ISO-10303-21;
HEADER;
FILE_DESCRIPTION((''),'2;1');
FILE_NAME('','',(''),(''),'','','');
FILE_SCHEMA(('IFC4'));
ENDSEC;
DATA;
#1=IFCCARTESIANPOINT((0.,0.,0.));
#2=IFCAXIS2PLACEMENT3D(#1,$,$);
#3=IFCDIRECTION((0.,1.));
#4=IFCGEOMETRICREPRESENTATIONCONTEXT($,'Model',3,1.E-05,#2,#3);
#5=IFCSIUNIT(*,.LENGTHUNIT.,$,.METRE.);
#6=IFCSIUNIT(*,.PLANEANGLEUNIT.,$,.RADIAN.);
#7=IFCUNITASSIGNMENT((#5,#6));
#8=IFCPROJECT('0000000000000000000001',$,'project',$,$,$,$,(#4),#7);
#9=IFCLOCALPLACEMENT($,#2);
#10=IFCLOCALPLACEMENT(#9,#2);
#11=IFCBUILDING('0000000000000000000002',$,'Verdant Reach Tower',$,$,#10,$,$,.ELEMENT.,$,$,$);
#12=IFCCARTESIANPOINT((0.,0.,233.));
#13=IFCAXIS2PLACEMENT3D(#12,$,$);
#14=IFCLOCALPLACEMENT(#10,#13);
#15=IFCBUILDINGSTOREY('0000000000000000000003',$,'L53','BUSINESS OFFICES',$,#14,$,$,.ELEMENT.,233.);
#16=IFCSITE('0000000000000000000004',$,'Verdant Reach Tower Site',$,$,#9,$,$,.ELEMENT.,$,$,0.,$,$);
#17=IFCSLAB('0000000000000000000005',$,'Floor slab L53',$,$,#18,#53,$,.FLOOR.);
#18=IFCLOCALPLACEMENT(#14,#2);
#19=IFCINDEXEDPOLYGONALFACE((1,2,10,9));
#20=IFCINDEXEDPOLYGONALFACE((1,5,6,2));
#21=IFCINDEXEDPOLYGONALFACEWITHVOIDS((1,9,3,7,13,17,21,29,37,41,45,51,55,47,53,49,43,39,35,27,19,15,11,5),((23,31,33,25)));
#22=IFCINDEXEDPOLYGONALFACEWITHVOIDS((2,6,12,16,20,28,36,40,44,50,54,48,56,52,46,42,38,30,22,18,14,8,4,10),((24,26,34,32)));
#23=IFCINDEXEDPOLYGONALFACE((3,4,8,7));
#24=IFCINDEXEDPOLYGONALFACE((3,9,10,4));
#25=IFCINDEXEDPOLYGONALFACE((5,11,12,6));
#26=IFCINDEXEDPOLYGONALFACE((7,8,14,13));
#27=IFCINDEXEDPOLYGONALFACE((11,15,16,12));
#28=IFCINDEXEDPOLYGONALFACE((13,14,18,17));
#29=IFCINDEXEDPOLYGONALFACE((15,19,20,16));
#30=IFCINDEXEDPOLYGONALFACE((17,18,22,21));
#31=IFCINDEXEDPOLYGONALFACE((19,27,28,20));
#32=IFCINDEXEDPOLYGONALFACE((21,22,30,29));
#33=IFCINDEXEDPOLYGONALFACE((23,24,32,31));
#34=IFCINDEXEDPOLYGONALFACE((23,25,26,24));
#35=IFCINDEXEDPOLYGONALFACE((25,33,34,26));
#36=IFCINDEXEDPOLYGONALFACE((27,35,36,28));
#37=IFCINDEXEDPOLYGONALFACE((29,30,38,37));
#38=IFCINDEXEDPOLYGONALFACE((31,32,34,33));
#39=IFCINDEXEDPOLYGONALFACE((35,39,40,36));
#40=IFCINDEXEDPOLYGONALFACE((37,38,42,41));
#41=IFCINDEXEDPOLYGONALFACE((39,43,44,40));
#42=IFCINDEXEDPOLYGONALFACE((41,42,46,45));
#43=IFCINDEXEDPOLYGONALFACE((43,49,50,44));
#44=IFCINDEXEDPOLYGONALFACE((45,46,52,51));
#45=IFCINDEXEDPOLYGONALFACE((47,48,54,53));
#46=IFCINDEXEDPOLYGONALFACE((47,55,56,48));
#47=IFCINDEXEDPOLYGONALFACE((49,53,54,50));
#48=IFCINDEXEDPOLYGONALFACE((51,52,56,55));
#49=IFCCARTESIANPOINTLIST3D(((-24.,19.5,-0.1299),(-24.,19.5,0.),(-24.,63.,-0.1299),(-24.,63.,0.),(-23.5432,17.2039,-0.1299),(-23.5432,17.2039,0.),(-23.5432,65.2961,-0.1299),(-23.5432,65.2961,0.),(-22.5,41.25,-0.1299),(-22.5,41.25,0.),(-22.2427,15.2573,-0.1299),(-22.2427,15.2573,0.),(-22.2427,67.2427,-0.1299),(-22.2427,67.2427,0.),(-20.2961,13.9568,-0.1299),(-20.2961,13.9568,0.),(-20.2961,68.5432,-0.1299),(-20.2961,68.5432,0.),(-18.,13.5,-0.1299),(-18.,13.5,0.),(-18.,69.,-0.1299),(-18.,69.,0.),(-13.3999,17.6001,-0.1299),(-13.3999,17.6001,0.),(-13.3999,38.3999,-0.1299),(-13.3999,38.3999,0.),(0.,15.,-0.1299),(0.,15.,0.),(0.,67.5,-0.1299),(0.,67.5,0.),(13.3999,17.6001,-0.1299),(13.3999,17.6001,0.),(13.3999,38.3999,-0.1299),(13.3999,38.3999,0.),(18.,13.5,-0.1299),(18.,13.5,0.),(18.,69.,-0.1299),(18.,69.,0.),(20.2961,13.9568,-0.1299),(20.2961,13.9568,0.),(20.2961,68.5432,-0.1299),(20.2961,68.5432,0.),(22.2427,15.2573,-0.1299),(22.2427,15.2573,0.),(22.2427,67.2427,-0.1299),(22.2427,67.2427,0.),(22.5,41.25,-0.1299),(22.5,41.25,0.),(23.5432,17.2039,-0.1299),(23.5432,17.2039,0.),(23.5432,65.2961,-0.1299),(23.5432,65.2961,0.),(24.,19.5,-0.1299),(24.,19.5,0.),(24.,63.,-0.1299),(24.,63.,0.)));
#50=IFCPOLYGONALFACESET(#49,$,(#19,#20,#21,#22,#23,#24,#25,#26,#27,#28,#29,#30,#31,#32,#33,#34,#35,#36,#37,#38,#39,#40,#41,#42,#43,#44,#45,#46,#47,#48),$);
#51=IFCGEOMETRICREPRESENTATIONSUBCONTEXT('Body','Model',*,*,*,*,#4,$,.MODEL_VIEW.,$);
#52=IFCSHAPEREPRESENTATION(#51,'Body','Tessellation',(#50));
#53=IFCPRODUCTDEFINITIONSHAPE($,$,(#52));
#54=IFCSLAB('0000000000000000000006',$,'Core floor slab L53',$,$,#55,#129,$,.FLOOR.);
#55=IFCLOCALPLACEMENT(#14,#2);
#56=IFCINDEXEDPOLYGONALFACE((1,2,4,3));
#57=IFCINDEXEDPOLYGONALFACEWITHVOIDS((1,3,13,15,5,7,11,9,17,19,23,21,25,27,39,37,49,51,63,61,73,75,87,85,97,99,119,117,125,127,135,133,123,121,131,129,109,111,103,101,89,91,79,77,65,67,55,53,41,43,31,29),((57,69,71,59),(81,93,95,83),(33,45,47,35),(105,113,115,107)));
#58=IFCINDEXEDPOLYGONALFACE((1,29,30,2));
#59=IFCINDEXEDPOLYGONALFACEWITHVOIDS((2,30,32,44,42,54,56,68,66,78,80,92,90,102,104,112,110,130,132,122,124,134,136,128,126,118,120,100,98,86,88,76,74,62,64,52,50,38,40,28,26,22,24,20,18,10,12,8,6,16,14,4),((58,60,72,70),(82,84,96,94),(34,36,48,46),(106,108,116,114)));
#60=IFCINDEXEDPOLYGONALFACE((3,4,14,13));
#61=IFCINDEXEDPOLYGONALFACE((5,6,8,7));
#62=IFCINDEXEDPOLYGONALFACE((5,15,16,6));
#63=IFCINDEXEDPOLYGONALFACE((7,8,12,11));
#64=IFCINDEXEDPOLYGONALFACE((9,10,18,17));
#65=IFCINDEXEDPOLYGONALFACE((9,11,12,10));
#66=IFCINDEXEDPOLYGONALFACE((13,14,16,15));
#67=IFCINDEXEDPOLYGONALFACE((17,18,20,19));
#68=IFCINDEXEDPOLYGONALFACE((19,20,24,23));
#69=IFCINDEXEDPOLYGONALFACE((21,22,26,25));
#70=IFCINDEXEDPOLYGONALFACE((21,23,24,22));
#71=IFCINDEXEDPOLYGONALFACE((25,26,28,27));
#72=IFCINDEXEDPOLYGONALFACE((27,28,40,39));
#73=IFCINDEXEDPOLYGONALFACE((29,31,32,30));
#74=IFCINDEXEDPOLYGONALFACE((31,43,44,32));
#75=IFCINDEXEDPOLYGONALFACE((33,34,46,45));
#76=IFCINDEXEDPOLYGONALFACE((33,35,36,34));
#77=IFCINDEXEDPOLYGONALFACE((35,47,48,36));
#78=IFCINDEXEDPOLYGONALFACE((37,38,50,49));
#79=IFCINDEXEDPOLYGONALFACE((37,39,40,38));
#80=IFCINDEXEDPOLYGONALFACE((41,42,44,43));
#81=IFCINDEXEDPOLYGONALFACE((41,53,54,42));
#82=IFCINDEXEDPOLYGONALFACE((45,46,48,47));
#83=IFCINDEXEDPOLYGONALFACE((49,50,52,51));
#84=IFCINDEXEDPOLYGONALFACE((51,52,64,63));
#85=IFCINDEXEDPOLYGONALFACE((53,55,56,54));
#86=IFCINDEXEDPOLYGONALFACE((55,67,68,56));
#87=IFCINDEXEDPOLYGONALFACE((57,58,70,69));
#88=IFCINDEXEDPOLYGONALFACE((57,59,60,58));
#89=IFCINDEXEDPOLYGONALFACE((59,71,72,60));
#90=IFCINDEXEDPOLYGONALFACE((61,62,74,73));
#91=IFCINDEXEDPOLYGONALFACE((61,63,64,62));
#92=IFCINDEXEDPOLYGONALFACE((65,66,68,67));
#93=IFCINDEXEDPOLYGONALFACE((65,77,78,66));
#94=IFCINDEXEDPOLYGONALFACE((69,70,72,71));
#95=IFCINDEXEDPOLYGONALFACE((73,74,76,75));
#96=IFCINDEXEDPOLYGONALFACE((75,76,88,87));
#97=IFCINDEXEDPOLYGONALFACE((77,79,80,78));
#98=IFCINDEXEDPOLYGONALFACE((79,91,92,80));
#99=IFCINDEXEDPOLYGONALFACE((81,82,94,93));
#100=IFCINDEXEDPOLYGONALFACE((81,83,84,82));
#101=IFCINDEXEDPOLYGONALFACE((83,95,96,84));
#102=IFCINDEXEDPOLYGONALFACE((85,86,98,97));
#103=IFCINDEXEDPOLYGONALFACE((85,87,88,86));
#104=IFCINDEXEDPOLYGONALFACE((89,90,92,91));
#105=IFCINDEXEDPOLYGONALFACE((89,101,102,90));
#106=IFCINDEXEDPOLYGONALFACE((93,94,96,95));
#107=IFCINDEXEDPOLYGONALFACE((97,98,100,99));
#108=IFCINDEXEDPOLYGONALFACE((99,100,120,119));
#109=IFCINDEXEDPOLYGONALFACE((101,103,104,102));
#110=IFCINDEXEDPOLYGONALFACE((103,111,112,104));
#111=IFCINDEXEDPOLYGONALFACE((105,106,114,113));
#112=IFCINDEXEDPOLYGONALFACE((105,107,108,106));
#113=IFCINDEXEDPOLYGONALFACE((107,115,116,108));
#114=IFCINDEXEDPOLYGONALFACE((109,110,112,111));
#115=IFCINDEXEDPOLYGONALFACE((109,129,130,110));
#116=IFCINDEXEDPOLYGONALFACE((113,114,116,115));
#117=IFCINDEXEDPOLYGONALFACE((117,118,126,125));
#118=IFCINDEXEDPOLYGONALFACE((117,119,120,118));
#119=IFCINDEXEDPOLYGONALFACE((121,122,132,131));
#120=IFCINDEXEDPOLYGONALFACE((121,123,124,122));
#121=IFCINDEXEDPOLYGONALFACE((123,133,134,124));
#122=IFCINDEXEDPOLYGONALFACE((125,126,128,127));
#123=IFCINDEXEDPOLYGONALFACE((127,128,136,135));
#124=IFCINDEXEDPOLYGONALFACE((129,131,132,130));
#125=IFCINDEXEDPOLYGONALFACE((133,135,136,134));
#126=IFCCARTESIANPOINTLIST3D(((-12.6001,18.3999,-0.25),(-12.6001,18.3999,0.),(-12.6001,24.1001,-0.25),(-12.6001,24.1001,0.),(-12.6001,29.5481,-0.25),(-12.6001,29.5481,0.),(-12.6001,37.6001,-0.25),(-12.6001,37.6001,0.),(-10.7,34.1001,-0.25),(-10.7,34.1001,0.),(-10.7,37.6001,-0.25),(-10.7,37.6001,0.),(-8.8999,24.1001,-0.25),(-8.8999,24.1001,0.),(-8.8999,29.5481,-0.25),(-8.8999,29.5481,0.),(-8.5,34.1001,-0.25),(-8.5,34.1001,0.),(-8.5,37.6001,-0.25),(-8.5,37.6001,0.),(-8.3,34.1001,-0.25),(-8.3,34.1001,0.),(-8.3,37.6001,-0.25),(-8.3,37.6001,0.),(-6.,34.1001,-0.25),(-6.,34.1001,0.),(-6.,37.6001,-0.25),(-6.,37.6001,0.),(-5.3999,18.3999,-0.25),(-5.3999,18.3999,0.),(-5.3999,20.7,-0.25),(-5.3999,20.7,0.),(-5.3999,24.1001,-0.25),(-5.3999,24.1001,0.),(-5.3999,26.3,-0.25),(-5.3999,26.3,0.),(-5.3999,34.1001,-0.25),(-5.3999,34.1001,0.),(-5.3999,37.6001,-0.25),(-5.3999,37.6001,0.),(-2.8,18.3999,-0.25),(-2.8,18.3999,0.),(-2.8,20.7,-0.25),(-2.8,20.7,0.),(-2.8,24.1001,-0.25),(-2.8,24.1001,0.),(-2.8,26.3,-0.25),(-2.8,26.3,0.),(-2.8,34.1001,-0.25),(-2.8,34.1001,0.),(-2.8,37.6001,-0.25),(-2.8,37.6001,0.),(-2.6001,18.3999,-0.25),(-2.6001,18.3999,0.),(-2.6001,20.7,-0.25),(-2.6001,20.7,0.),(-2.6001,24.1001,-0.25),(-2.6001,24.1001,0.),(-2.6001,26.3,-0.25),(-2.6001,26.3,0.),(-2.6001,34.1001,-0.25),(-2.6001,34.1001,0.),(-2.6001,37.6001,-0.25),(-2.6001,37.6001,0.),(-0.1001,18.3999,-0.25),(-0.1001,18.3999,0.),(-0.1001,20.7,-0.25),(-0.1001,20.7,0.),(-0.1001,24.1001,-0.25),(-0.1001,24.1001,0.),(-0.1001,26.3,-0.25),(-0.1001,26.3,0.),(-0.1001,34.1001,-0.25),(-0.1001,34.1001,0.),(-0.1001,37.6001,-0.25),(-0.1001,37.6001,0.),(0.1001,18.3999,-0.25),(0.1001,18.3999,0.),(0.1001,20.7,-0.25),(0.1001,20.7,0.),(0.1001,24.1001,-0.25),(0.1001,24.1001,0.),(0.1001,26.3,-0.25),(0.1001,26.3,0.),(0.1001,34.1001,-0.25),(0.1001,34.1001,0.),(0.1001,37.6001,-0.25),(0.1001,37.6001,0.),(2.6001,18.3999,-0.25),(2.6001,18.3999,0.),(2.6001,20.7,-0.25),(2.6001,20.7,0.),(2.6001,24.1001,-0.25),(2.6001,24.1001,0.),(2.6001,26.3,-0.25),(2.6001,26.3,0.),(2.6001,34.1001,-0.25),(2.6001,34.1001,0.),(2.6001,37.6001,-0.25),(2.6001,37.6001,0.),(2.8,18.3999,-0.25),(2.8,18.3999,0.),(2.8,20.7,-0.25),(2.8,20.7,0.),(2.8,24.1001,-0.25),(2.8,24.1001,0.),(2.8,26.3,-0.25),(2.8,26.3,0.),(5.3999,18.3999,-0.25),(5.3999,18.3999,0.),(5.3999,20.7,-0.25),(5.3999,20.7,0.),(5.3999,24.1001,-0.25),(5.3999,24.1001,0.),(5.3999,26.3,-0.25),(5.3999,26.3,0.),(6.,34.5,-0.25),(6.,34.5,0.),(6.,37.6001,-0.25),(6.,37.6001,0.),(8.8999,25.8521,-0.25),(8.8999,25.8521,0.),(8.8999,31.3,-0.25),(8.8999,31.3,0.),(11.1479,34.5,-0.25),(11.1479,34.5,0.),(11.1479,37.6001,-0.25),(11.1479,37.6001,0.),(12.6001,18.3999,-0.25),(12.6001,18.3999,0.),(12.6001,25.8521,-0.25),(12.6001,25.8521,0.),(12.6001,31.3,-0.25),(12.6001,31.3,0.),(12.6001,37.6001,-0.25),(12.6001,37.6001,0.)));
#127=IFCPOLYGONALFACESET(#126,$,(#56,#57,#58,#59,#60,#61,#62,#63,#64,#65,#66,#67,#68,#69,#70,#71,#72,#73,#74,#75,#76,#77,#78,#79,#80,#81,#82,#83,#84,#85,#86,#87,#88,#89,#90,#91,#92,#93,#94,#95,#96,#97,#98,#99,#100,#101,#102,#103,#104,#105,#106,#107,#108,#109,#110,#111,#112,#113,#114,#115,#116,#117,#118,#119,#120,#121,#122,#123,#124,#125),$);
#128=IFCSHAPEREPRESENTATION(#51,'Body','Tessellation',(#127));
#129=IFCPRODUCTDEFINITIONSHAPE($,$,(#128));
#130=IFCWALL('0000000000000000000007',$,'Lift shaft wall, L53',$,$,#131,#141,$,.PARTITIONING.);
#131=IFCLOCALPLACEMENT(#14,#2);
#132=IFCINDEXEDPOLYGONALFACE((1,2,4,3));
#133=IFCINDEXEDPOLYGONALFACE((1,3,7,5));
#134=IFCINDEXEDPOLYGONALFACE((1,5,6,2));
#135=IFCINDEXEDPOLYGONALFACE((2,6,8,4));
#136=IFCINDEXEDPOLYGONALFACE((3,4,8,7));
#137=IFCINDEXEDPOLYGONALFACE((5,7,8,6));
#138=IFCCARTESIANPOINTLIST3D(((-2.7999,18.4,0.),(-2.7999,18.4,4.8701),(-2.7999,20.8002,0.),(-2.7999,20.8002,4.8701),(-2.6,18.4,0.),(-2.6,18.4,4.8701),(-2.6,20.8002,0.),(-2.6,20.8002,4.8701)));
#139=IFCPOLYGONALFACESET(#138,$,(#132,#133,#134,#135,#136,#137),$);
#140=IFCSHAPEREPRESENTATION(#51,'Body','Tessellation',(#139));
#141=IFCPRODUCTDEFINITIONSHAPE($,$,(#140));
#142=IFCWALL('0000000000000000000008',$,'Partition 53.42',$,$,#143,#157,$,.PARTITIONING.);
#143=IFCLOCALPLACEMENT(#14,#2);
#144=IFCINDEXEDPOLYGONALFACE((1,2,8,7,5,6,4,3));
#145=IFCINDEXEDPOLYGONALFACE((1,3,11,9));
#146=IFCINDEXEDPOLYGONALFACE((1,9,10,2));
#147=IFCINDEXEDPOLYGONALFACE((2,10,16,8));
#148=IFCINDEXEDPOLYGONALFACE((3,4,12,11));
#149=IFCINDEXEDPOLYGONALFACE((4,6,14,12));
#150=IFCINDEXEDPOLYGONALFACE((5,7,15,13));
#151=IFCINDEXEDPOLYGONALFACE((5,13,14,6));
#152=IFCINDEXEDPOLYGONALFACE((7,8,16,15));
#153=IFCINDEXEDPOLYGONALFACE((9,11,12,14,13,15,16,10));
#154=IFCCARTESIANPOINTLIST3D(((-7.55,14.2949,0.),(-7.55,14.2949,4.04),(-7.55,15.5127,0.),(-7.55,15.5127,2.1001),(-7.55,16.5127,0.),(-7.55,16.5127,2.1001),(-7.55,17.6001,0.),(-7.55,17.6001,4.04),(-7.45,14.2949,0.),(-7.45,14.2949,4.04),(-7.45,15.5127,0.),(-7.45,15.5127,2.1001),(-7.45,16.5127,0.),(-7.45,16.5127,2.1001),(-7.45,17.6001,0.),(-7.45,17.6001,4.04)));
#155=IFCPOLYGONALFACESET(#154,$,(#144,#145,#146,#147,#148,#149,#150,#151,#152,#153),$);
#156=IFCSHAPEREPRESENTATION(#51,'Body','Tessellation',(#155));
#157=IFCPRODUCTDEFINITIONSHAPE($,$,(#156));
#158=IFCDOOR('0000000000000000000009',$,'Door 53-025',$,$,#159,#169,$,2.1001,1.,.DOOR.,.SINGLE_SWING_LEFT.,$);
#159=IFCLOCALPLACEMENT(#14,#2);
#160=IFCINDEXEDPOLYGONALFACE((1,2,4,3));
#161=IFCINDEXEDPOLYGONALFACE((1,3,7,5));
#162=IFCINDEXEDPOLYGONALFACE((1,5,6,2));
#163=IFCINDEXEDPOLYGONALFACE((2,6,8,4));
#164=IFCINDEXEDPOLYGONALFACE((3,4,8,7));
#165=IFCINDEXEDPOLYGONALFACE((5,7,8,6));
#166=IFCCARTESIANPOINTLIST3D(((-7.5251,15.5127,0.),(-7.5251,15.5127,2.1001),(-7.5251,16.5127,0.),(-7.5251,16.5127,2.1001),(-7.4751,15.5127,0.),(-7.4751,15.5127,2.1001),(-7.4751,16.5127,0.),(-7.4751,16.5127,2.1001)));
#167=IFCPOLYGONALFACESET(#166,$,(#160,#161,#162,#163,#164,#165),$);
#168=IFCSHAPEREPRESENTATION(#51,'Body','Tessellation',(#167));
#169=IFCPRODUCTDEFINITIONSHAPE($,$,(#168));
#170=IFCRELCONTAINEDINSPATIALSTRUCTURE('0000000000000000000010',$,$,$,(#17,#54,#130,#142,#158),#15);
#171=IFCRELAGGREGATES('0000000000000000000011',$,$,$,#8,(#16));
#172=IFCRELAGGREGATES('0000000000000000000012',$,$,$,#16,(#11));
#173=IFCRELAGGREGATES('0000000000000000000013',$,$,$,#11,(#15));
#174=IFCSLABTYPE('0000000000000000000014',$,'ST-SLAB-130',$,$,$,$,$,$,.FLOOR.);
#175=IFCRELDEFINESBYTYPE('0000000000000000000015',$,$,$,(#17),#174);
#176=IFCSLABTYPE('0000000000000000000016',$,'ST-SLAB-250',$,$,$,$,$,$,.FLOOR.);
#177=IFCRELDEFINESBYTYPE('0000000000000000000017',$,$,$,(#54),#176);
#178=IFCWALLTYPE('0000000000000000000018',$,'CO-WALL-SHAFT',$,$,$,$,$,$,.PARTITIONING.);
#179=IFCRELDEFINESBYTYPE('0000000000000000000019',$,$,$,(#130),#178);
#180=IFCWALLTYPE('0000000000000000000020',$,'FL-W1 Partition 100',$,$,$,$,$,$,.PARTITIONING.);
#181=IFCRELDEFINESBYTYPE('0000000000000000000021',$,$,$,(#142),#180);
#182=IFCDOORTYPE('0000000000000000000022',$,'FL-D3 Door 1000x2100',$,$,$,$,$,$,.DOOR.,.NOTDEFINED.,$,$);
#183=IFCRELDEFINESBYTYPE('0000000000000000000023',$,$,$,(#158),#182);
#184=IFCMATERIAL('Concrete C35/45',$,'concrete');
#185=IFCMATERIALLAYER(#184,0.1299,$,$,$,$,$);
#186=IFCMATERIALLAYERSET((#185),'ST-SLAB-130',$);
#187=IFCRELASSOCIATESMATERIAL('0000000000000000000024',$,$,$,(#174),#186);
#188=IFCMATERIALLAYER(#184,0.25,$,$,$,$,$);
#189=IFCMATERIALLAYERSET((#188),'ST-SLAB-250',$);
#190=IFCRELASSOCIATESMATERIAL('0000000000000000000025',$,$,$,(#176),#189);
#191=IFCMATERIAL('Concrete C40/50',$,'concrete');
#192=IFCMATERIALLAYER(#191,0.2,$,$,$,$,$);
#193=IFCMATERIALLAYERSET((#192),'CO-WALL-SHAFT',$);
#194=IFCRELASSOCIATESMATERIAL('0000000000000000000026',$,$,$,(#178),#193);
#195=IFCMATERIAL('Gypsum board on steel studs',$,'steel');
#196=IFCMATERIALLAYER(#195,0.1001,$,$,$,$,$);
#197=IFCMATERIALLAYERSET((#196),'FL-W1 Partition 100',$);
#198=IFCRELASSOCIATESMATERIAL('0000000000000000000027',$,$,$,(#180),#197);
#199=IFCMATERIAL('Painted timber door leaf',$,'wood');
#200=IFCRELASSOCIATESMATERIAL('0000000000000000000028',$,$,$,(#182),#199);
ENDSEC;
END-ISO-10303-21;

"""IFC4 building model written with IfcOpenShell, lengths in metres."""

from ifc_helpers import new_model, si_unit, direction, frame, frame_2d, origin, place, context, subcontext, project, spatial, polyline, rectangle, outline, extrude, material, layer, layer_set, type_object, element, fill, save


model = new_model("IFC4")

# Units and contexts
model_context = context("Model", 3, precision=1e-05, world=origin(), true_north=direction((0.0, 1.0)))
body_context = subcontext(model_context, "Body", "Model", "MODEL_VIEW")
ifc_project = project(units=[si_unit("LENGTHUNIT", "METRE"), si_unit("PLANEANGLEUNIT", "RADIAN")], contexts=[model_context])

# Site, building, storey
site_placement = place(None, origin())
site = spatial("IfcSite", under=ifc_project, at=site_placement, Name="Verdant Reach Tower Site", CompositionType="ELEMENT", RefElevation=0.0)
building_placement = place(site_placement, origin())
building = spatial("IfcBuilding", under=site, at=building_placement, Name="Verdant Reach Tower", CompositionType="ELEMENT")
storey_placement = place(building_placement, frame((0.0, 0.0, 233.0)))
storey = spatial("IfcBuildingStorey", under=building, at=storey_placement, Name="L53", Description="BUSINESS OFFICES", CompositionType="ELEMENT", Elevation=233.0)

# Shared definitions
ifc_material_1 = material(Name="Concrete C40/50", Category="concrete")

# Slabs
ifc_material_2 = material(Name="Concrete C35/45", Category="concrete")
ifc_layer_1 = layer(ifc_material_2, 0.1299)
ifc_layer_set_1 = layer_set([ifc_layer_1], Name="ST-SLAB-130")
slab_type_1 = type_object("IfcSlabType", Name="ST-SLAB-130", PredefinedType="FLOOR", material=ifc_layer_set_1)
slab_1_placement = place(storey_placement, frame((0.0, 0.0, -0.1299)))
element("IfcSlab", 1, at=slab_1_placement, inside=storey, type_object=slab_type_1, Name="Floor slab L53", PredefinedType="FLOOR", context=body_context, shape_type="SweptSolid", body=[
    extrude(outline(polyline([(0.0, 15.0), (-18.0, 13.5), (-20.2961, 13.9568), (-22.2427, 15.2573), (-23.5432, 17.2039), (-24.0, 19.5), (-22.5, 41.25), (-24.0, 63.0), (-23.5432, 65.2961), (-22.2427, 67.2427), (-20.2961, 68.5432), (-18.0, 69.0), (0.0, 67.5), (18.0, 69.0), (20.2961, 68.5432), (22.2427, 67.2427), (23.5432, 65.2961), (24.0, 63.0), (22.5, 41.25), (24.0, 19.5), (23.5432, 17.2039), (22.2427, 15.2573), (20.2961, 13.9568), (18.0, 13.5), (0.0, 15.0)]), holes=[polyline([(13.3999, 38.3999), (-13.3999, 38.3999), (-13.3999, 17.6001), (13.3999, 17.6001), (13.3999, 38.3999)])]), origin(), (0.0, 0.0, 1.0), 0.1299),
])
ifc_layer_2 = layer(ifc_material_2, 0.25)
ifc_layer_set_2 = layer_set([ifc_layer_2], Name="ST-SLAB-250")
slab_type_2 = type_object("IfcSlabType", Name="ST-SLAB-250", PredefinedType="FLOOR", material=ifc_layer_set_2)
slab_2_placement = place(storey_placement, frame((0.0, 0.0, -0.25)))
element("IfcSlab", 2, at=slab_2_placement, inside=storey, type_object=slab_type_2, Name="Core floor slab L53", PredefinedType="FLOOR", context=body_context, shape_type="SweptSolid", body=[
    extrude(outline(polyline([(12.6001, 18.3999), (5.3999, 18.3999), (5.3999, 20.7), (2.8, 20.7), (2.8, 18.3999), (2.6001, 18.3999), (2.6001, 20.7), (0.1001, 20.7), (0.1001, 18.3999), (-0.1001, 18.3999), (-0.1001, 20.7), (-2.6001, 20.7), (-2.6001, 18.3999), (-2.8, 18.3999), (-2.8, 20.7), (-5.3999, 20.7), (-5.3999, 18.3999), (-12.6001, 18.3999), (-12.6001, 24.1001), (-8.8999, 24.1001), (-8.8999, 29.5481), (-12.6001, 29.5481), (-12.6001, 37.6001), (-10.7, 37.6001), (-10.7, 34.1001), (-8.5, 34.1001), (-8.5, 37.6001), (-8.3, 37.6001), (-8.3, 34.1001), (-6.0, 34.1001), (-6.0, 37.6001), (-5.3999, 37.6001), (-5.3999, 34.1001), (-2.8, 34.1001), (-2.8, 37.6001), (-2.6001, 37.6001), (-2.6001, 34.1001), (-0.1001, 34.1001), (-0.1001, 37.6001), (0.1001, 37.6001), (0.1001, 34.1001), (2.6001, 34.1001), (2.6001, 37.6001), (6.0, 37.6001), (6.0, 34.5), (11.1479, 34.5), (11.1479, 37.6001), (12.6001, 37.6001), (12.6001, 31.3), (8.8999, 31.3), (8.8999, 25.8521), (12.6001, 25.8521), (12.6001, 18.3999)]), holes=[polyline([(-2.8, 24.1001), (-2.8, 26.3), (-5.3999, 26.3), (-5.3999, 24.1001), (-2.8, 24.1001)]), polyline([(-0.1001, 24.1001), (-0.1001, 26.3), (-2.6001, 26.3), (-2.6001, 24.1001), (-0.1001, 24.1001)]), polyline([(2.6001, 24.1001), (2.6001, 26.3), (0.1001, 26.3), (0.1001, 24.1001), (2.6001, 24.1001)]), polyline([(5.3999, 24.1001), (5.3999, 26.3), (2.8, 26.3), (2.8, 24.1001), (5.3999, 24.1001)])]), origin(), (0.0, 0.0, 1.0), 0.25),
])

# Wall
ifc_layer_3 = layer(ifc_material_1, 0.2)
ifc_layer_set_3 = layer_set([ifc_layer_3], Name="CO-WALL-SHAFT")
wall_type_1 = type_object("IfcWallType", Name="CO-WALL-SHAFT", PredefinedType="PARTITIONING", material=ifc_layer_set_3)
wall_1_placement = place(storey_placement, frame((-2.7, 18.3999, 0.0), z_axis=(0.0, 0.0, 1.0), x_axis=(0.0, 1.0, 0.0)))
element("IfcWall", 3, at=wall_1_placement, inside=storey, type_object=wall_type_1, Name="Lift shaft wall, L53", PredefinedType="PARTITIONING", context=body_context, shape_type="SweptSolid", body=[
    extrude(rectangle(XDim=2.4001, YDim=0.2, at=frame_2d((1.2002, 0.0))), origin(), (0.0, 0.0, 1.0), 4.8701),
])

# Wall, opening, door
ifc_material_3 = material(Name="Gypsum board on steel studs", Category="steel")
ifc_layer_4 = layer(ifc_material_3, 0.1001)
ifc_layer_set_4 = layer_set([ifc_layer_4], Name="FL-W1 Partition 100")
wall_type_2 = type_object("IfcWallType", Name="FL-W1 Partition 100", PredefinedType="PARTITIONING", material=ifc_layer_set_4)
wall_2_placement = place(storey_placement, frame((-7.5, 17.6001, 0.0), z_axis=(0.0, 0.0, 1.0), x_axis=(0.0, -1.0, 0.0)))
wall_2 = element("IfcWall", 4, at=wall_2_placement, inside=storey, type_object=wall_type_2, Name="Partition 53.42", PredefinedType="PARTITIONING", context=body_context, shape_type="SweptSolid", body=[
    extrude(rectangle(XDim=3.3052, YDim=0.1001, at=frame_2d((1.6526, 0.0))), origin(), (0.0, 0.0, 1.0), 4.04),
])
opening_1_placement = place(wall_2_placement, frame((1.0874, 0.0, 0.0)))
opening_1 = element("IfcOpeningElement", 5, at=opening_1_placement, cuts=wall_2, PredefinedType="OPENING", context=body_context, shape_type="SweptSolid", body=[
    extrude(rectangle(XDim=1.0, YDim=2.1001, at=frame_2d((0.5, 1.05))), frame((0.0, 0.0601, 0.0), z_axis=(0.0, -1.0, 0.0), x_axis=(1.0, 0.0, 0.0)), (0.0, 0.0, 1.0), 0.1201),
])
ifc_material_4 = material(Name="Painted timber door leaf", Category="wood")
door_type_1 = type_object("IfcDoorType", Name="FL-D3 Door 1000x2100", OperationType="NOTDEFINED", PredefinedType="DOOR", material=ifc_material_4)
door_1_placement = place(opening_1_placement, origin())
door_1 = element("IfcDoor", 6, at=door_1_placement, inside=storey, type_object=door_type_1, Name="Door 53-025", OperationType="SINGLE_SWING_LEFT", OverallHeight=2.1001, OverallWidth=1.0, PredefinedType="DOOR", context=body_context, shape_type="SweptSolid", body=[
    extrude(rectangle(XDim=1.0, YDim=2.1001, at=frame_2d((0.5, 1.05))), frame((0.0, 0.0249, 0.0), z_axis=(0.0, -1.0, 0.0), x_axis=(1.0, 0.0, 0.0)), (0.0, 0.0, 1.0), 0.05),
])
fill(opening_1, door_1)

save(model, "model.ifc")
